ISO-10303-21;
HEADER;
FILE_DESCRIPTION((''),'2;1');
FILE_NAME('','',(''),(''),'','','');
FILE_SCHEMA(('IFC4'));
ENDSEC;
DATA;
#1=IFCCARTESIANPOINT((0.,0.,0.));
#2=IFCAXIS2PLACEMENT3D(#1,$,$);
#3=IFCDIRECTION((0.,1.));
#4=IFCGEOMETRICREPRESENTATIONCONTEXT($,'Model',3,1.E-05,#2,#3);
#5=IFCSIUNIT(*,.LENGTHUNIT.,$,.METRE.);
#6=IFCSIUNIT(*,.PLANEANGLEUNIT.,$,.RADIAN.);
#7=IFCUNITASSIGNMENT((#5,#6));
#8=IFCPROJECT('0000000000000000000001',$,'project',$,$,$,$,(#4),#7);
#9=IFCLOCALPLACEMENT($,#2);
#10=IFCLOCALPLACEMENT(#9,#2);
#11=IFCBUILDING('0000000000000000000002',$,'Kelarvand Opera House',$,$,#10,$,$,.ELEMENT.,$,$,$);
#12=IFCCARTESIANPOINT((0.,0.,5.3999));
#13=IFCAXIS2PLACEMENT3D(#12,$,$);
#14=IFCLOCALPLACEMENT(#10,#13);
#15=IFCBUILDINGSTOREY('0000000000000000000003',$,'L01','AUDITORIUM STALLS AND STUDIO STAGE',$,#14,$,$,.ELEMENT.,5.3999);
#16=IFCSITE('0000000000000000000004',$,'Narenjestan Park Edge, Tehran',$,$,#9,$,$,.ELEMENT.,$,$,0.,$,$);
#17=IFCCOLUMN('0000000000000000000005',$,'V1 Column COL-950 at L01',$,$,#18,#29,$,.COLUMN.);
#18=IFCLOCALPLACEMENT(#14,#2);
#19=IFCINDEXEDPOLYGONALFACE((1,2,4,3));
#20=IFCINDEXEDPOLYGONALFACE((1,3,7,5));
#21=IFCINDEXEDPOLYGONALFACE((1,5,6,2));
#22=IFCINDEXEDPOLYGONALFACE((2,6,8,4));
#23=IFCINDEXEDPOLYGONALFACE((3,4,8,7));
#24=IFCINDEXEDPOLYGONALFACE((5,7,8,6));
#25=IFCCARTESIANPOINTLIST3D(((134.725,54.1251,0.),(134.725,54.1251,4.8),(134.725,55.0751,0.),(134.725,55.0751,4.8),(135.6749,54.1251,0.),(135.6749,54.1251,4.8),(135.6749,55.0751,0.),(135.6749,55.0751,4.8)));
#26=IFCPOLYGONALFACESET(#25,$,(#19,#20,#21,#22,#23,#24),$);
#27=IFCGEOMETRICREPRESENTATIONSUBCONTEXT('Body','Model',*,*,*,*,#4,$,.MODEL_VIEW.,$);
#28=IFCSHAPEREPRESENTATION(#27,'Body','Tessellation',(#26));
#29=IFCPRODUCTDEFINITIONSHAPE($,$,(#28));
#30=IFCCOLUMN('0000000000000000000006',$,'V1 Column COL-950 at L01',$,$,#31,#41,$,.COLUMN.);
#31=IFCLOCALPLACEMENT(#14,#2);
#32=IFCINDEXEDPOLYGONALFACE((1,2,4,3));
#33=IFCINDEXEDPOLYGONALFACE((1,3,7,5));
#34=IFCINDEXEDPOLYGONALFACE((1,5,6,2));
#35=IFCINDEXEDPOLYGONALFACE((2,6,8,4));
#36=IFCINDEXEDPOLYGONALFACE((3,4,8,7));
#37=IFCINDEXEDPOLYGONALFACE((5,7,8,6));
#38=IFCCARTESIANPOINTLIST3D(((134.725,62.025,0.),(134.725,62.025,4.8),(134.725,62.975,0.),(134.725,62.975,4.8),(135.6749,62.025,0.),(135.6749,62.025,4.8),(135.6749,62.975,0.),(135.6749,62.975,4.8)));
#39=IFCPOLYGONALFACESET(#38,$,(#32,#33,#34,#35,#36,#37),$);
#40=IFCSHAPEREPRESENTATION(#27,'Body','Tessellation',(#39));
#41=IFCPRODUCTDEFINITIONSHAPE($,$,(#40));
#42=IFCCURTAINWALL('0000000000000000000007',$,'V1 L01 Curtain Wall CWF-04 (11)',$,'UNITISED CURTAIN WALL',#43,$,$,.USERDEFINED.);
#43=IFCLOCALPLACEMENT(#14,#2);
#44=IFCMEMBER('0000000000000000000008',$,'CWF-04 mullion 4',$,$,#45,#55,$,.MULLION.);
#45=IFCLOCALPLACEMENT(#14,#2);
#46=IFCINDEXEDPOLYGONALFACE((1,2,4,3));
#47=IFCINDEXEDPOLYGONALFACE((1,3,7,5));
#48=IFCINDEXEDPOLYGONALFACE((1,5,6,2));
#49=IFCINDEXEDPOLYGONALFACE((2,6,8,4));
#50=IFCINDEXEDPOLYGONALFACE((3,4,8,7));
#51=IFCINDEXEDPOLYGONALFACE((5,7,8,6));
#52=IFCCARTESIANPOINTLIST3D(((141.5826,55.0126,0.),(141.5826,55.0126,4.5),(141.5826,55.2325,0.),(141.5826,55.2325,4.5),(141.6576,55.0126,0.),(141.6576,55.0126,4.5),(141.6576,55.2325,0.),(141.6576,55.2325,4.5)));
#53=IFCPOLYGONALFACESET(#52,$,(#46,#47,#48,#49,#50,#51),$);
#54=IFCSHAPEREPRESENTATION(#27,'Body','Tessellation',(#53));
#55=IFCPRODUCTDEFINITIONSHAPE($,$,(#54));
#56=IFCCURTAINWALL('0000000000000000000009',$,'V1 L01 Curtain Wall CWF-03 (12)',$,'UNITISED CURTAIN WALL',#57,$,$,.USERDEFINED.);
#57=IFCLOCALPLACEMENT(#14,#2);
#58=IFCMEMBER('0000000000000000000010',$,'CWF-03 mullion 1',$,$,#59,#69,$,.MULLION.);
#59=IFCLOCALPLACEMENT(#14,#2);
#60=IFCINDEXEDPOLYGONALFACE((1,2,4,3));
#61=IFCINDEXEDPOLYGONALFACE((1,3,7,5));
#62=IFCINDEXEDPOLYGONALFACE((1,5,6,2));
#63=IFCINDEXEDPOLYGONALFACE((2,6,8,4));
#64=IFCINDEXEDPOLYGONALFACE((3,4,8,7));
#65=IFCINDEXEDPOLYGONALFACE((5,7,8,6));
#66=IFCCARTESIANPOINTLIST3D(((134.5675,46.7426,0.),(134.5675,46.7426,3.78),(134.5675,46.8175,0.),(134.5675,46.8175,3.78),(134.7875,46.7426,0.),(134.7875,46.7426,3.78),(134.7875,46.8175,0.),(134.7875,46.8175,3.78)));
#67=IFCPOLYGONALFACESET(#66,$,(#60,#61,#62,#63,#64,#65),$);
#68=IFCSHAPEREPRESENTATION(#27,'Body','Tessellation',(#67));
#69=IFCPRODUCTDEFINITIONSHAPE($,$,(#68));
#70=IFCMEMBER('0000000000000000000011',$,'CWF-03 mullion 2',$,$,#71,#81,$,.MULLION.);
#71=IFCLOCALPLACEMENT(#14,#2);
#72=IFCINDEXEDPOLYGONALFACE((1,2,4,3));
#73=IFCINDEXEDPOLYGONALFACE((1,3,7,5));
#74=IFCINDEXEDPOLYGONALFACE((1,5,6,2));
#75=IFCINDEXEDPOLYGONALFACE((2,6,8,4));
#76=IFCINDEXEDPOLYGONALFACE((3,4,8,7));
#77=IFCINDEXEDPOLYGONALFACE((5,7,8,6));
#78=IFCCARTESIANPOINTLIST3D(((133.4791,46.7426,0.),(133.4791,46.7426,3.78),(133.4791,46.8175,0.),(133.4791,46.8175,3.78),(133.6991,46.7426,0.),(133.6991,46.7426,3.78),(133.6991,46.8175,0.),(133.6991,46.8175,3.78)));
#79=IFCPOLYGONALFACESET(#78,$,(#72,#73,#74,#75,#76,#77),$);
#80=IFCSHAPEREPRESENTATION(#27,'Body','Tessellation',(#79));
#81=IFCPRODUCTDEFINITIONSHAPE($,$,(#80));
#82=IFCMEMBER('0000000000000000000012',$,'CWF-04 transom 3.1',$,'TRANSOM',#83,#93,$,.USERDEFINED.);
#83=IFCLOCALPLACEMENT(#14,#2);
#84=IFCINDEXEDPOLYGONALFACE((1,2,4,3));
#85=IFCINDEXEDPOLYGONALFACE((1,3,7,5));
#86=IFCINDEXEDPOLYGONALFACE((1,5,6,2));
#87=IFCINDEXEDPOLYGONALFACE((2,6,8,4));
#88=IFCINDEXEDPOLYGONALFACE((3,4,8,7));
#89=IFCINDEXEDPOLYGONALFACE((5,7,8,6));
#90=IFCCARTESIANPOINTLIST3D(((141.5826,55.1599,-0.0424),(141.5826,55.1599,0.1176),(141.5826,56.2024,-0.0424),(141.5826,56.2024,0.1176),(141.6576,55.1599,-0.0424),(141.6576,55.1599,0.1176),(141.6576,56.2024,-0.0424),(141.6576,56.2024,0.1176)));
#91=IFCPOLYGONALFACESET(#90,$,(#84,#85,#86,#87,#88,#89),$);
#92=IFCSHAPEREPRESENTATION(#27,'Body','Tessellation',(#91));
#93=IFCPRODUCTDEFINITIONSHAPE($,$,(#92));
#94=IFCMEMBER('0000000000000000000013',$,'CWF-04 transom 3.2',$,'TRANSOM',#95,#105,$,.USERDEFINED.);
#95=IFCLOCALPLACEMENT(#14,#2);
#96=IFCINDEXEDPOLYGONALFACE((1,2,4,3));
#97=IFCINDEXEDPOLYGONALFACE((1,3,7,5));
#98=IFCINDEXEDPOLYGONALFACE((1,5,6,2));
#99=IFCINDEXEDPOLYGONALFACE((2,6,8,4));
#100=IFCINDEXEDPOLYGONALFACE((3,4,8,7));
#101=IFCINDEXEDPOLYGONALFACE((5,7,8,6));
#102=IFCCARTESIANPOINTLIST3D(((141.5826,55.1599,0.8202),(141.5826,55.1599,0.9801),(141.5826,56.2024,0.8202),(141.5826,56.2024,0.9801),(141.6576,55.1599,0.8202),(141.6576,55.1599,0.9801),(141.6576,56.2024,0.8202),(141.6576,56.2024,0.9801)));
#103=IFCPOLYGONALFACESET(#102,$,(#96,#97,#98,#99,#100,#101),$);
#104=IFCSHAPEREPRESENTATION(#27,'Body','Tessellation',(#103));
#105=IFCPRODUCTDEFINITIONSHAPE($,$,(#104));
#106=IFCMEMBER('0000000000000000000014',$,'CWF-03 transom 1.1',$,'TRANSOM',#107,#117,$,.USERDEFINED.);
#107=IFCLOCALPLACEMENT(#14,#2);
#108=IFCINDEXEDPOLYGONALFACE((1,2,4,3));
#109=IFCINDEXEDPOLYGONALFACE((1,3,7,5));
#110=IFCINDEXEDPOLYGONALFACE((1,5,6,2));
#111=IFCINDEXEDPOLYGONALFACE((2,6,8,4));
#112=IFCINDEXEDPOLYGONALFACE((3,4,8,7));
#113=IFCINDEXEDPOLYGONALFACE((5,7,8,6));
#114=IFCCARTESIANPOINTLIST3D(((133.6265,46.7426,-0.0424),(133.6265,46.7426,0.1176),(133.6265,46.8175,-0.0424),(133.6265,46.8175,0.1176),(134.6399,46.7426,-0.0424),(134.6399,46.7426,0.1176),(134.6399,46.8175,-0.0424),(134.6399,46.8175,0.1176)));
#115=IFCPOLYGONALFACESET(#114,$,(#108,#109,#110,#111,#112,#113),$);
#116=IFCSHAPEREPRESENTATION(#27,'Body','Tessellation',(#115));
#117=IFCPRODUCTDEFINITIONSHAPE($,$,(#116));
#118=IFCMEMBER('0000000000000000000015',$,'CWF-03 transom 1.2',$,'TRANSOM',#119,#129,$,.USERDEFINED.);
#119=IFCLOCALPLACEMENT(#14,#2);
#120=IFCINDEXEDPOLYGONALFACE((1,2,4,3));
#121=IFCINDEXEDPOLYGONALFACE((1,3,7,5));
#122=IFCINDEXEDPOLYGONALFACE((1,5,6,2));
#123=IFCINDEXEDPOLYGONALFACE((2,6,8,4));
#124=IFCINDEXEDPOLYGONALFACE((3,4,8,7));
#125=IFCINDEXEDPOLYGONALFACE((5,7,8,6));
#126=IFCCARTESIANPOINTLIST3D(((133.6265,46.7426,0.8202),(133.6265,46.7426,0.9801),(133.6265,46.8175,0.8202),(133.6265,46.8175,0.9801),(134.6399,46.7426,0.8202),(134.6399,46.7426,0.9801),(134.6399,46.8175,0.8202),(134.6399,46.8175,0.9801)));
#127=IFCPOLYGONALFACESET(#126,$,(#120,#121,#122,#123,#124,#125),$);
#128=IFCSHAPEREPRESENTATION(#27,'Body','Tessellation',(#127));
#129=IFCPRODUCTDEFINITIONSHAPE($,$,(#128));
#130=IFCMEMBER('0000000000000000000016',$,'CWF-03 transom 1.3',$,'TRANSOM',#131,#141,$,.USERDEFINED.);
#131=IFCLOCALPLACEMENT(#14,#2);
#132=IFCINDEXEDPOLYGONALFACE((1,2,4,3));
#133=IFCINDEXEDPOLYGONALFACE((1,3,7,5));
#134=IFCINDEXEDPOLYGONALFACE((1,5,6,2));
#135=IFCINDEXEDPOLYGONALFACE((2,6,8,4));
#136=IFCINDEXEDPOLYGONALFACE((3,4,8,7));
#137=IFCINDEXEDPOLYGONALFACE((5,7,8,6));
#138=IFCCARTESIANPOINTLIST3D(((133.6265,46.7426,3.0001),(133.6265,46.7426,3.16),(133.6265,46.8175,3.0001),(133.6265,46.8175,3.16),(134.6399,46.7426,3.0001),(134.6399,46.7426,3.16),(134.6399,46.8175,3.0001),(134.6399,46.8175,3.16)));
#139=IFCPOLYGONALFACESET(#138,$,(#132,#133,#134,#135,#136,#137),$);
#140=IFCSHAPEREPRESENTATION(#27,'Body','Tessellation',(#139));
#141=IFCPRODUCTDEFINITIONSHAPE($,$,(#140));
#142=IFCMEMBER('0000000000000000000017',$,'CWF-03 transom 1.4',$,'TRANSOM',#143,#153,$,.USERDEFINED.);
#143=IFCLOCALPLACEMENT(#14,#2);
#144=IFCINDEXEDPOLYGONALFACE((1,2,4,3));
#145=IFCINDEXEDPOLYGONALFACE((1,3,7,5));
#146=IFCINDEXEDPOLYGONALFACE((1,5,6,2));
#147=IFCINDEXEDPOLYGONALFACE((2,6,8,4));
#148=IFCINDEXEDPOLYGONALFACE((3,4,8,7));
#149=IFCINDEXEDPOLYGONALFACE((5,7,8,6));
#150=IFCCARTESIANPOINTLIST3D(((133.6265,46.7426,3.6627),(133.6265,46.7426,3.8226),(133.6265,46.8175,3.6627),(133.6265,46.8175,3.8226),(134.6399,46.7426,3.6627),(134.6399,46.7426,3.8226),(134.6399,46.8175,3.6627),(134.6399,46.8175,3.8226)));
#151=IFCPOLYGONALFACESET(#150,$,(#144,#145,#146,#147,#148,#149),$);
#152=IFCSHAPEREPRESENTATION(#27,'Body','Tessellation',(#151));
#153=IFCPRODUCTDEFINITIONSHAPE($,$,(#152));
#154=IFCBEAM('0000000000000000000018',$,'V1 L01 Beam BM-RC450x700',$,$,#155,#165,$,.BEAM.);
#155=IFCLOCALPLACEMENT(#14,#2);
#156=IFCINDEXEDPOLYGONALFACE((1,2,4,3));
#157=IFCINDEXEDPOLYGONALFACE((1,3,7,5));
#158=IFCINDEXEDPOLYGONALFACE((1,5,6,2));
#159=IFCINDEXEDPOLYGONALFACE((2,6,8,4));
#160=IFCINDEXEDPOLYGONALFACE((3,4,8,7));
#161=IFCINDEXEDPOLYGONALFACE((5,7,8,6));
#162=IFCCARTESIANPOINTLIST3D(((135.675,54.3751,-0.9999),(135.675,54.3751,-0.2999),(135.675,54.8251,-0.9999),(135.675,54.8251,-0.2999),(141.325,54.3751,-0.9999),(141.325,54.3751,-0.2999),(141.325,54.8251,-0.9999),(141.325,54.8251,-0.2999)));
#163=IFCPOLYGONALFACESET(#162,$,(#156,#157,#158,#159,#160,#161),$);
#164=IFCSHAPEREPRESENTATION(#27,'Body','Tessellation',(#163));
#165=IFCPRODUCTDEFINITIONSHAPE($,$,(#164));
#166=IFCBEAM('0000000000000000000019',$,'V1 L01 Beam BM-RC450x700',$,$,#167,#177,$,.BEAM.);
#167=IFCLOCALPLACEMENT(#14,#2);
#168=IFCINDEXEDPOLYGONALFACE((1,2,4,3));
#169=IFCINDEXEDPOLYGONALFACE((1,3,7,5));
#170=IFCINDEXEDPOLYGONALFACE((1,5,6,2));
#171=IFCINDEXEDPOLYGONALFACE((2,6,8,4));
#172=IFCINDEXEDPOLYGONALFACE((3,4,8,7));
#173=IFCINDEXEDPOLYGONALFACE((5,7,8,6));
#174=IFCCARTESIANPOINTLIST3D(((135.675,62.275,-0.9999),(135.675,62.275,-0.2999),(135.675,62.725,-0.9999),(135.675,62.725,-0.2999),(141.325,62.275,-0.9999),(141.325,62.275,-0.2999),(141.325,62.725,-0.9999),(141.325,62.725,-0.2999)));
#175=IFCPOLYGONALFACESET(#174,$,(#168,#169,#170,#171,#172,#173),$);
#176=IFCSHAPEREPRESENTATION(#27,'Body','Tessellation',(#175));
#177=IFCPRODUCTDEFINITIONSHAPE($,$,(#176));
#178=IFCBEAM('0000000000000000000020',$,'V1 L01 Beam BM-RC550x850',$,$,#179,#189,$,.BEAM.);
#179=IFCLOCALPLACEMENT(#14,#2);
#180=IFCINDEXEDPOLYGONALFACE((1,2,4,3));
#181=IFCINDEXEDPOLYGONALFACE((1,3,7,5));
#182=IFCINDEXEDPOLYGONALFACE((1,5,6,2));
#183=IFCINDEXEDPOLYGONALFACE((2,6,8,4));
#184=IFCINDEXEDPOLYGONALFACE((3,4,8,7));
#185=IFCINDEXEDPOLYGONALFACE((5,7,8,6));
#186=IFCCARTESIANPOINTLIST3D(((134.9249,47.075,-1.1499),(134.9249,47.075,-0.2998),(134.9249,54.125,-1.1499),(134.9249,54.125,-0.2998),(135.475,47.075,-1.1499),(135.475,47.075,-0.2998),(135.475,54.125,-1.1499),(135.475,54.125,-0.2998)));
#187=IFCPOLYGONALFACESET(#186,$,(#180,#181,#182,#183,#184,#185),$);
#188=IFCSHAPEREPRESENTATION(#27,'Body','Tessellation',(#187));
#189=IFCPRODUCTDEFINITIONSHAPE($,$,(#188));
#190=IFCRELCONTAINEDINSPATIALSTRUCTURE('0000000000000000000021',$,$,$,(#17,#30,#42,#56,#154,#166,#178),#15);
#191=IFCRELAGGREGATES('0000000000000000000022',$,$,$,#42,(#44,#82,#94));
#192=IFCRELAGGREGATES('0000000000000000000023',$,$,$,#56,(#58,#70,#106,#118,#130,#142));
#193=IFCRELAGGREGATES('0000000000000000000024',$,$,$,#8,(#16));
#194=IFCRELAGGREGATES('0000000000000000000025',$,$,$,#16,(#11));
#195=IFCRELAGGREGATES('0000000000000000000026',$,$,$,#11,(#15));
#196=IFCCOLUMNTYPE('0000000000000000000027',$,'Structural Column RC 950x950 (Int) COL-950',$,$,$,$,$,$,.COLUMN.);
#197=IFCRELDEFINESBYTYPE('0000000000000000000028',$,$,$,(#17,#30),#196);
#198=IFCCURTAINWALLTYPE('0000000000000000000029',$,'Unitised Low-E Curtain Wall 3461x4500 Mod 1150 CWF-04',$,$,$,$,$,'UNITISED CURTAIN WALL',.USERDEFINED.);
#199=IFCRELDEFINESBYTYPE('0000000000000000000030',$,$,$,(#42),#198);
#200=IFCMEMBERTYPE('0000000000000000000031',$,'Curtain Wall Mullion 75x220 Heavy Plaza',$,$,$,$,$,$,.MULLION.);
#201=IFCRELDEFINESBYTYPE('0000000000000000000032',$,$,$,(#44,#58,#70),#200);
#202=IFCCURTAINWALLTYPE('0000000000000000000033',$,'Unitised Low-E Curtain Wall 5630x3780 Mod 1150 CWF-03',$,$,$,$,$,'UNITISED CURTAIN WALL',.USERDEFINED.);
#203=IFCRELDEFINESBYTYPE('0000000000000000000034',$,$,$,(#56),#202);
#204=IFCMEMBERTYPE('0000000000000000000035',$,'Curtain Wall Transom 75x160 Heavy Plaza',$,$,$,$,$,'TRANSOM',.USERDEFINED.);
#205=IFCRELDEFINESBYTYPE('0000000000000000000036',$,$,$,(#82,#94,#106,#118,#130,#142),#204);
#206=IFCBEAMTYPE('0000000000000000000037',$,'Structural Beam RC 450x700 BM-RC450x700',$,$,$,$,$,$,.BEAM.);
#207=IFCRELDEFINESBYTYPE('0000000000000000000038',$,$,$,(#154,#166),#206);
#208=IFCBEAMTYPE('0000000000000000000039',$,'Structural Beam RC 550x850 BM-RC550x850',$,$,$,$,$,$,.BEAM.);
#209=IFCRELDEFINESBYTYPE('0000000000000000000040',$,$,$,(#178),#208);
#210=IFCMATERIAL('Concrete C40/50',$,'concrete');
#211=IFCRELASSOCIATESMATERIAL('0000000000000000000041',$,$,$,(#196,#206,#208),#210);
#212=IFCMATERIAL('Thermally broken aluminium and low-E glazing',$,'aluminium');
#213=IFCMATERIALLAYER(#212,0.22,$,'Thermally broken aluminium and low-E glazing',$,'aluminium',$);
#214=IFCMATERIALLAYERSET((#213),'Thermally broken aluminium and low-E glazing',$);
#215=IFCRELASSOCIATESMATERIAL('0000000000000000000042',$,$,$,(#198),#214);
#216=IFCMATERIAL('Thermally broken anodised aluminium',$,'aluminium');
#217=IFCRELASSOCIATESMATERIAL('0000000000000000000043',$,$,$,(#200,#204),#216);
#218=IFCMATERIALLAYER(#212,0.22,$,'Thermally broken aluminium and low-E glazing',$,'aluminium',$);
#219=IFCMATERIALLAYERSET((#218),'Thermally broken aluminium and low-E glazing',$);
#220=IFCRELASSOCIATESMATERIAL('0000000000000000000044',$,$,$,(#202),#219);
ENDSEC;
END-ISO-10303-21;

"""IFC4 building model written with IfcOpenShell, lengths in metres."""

from ifc_helpers import new_model, si_unit, direction, frame, origin, origin_2d, place, context, subcontext, project, spatial, rectangle, extrude, material, layer, layer_set, material_profile, profile_set, type_object, element, aggregate, save


model = new_model("IFC4")

# Units and contexts
model_context = context("Model", 3, precision=1e-05, world=origin(), true_north=direction((0.0, 1.0)))
body_context = subcontext(model_context, "Body", "Model", "MODEL_VIEW")
ifc_project = project(units=[si_unit("LENGTHUNIT", "METRE"), si_unit("PLANEANGLEUNIT", "RADIAN")], contexts=[model_context])

# Site, building, storey
site_placement = place(None, origin())
site = spatial("IfcSite", under=ifc_project, at=site_placement, Name="Narenjestan Park Edge, Tehran", CompositionType="ELEMENT", RefElevation=0.0)
building_placement = place(site_placement, origin())
building = spatial("IfcBuilding", under=site, at=building_placement, Name="Kelarvand Opera House", CompositionType="ELEMENT")
storey_placement = place(building_placement, frame((0.0, 0.0, 5.3999)))
storey = spatial("IfcBuildingStorey", under=building, at=storey_placement, Name="L01", Description="AUDITORIUM STALLS AND STUDIO STAGE", CompositionType="ELEMENT", Elevation=5.3999)

# Columns
ifc_material_1 = material(Name="Concrete C40/50", Category="concrete")
ifc_material_profile_1 = material_profile(ifc_material_1, rectangle(XDim=0.95, YDim=0.95, at=origin_2d()), Name="RC 950x950", Category="concrete")
ifc_profile_set_1 = profile_set([ifc_material_profile_1], Name="Concrete C40/50")
column_type = type_object("IfcColumnType", Name="Structural Column RC 950x950 (Int) COL-950", PredefinedType="COLUMN", material=ifc_profile_set_1)
for number, where, z_axis, x_axis, name in (
    (1, (135.2, 54.6001, 0.0), (0.0, 0.0, 1.0), (1.0, 0.0, 0.0), "V1 Column COL-950 at L01"),
    (2, (135.2, 62.5, 0.0), (0.0, 0.0, 1.0), (1.0, 0.0, 0.0), "V1 Column COL-950 at L01"),
):
    element("IfcColumn", number, at=place(storey_placement, frame(where, z_axis=z_axis, x_axis=x_axis)), inside=storey, type_object=column_type, Name=name, PredefinedType="COLUMN", context=body_context, shape_type="SweptSolid", body=[
        extrude(rectangle(XDim=0.95, YDim=0.95, at=origin_2d()), origin(), (0.0, 0.0, 1.0), 4.8),
    ])

# Curtain wall, member
ifc_material_2 = material(Name="Thermally broken aluminium and low-E glazing", Category="aluminium")
ifc_layer_1 = layer(ifc_material_2, 0.22, Name="Thermally broken aluminium and low-E glazing", Category="aluminium")
ifc_layer_set_1 = layer_set([ifc_layer_1], Name="Thermally broken aluminium and low-E glazing")
curtain_wall_type_1 = type_object("IfcCurtainWallType", Name="Unitised Low-E Curtain Wall 3461x4500 Mod 1150 CWF-04", ElementType="UNITISED CURTAIN WALL", PredefinedType="USERDEFINED", material=ifc_layer_set_1)
curtain_wall_1_placement = place(storey_placement, origin())
curtain_wall_1 = element("IfcCurtainWall", 3, at=curtain_wall_1_placement, inside=storey, type_object=curtain_wall_type_1, Name="V1 L01 Curtain Wall CWF-04 (11)", ObjectType="UNITISED CURTAIN WALL", PredefinedType="USERDEFINED")
ifc_material_3 = material(Name="Thermally broken anodised aluminium", Category="aluminium")
ifc_material_profile_2 = material_profile(ifc_material_3, rectangle(XDim=0.075, YDim=0.22, at=origin_2d()), Name="ALU MULLION 75x220", Category="aluminium")
ifc_profile_set_2 = profile_set([ifc_material_profile_2], Name="Thermally broken anodised aluminium")
member_type_1 = type_object("IfcMemberType", Name="Curtain Wall Mullion 75x220 Heavy Plaza", PredefinedType="MULLION", material=ifc_profile_set_2)
member_1_placement = place(storey_placement, frame((141.6201, 55.1226, 0.0), z_axis=(0.0, 0.0, 1.0), x_axis=(1.0, 0.0, 0.0)))
member_1 = element("IfcMember", 4, at=member_1_placement, type_object=member_type_1, Name="CWF-04 mullion 4", PredefinedType="MULLION", context=body_context, shape_type="SweptSolid", body=[
    extrude(rectangle(XDim=0.075, YDim=0.22, at=origin_2d()), origin(), (0.0, 0.0, 1.0), 4.5),
])

# Curtain wall, members
ifc_layer_2 = layer(ifc_material_2, 0.22, Name="Thermally broken aluminium and low-E glazing", Category="aluminium")
ifc_layer_set_2 = layer_set([ifc_layer_2], Name="Thermally broken aluminium and low-E glazing")
curtain_wall_type_2 = type_object("IfcCurtainWallType", Name="Unitised Low-E Curtain Wall 5630x3780 Mod 1150 CWF-03", ElementType="UNITISED CURTAIN WALL", PredefinedType="USERDEFINED", material=ifc_layer_set_2)
curtain_wall_2_placement = place(storey_placement, origin())
curtain_wall_2 = element("IfcCurtainWall", 5, at=curtain_wall_2_placement, inside=storey, type_object=curtain_wall_type_2, Name="V1 L01 Curtain Wall CWF-03 (12)", ObjectType="UNITISED CURTAIN WALL", PredefinedType="USERDEFINED")
member_2_placement = place(storey_placement, frame((134.6775, 46.78, 0.0), z_axis=(0.0, 0.0, 1.0), x_axis=(0.0, -1.0, 0.0)))
member_2 = element("IfcMember", 6, at=member_2_placement, type_object=member_type_1, Name="CWF-03 mullion 1", PredefinedType="MULLION", context=body_context, shape_type="SweptSolid", body=[
    extrude(rectangle(XDim=0.075, YDim=0.22, at=origin_2d()), origin(), (0.0, 0.0, 1.0), 3.78),
])
member_3_placement = place(storey_placement, frame((133.5891, 46.78, 0.0), z_axis=(0.0, 0.0, 1.0), x_axis=(0.0, -1.0, 0.0)))
member_3 = element("IfcMember", 7, at=member_3_placement, type_object=member_type_1, Name="CWF-03 mullion 2", PredefinedType="MULLION", context=body_context, shape_type="SweptSolid", body=[
    extrude(rectangle(XDim=0.075, YDim=0.22, at=origin_2d()), origin(), (0.0, 0.0, 1.0), 3.78),
])

# Members
ifc_material_profile_3 = material_profile(ifc_material_3, rectangle(XDim=0.075, YDim=0.1599, at=origin_2d()), Name="ALU TRANSOM 75x160", Category="aluminium")
ifc_profile_set_3 = profile_set([ifc_material_profile_3], Name="Thermally broken anodised aluminium")
member_type_2 = type_object("IfcMemberType", Name="Curtain Wall Transom 75x160 Heavy Plaza", ElementType="TRANSOM", PredefinedType="USERDEFINED", material=ifc_profile_set_3)
member_4_placement = place(storey_placement, frame((141.6201, 56.2024, 0.0376), z_axis=(0.0, -1.0, 0.0), x_axis=(1.0, 0.0, 0.0)))
member_4 = element("IfcMember", 8, at=member_4_placement, type_object=member_type_2, Name="CWF-04 transom 3.1", ObjectType="TRANSOM", PredefinedType="USERDEFINED", context=body_context, shape_type="SweptSolid", body=[
    extrude(rectangle(XDim=0.075, YDim=0.1599, at=origin_2d()), origin(), (0.0, 0.0, 1.0), 1.0425),
])
member_5_placement = place(storey_placement, frame((141.6201, 56.2024, 0.9001), z_axis=(0.0, -1.0, 0.0), x_axis=(1.0, 0.0, 0.0)))
member_5 = element("IfcMember", 9, at=member_5_placement, type_object=member_type_2, Name="CWF-04 transom 3.2", ObjectType="TRANSOM", PredefinedType="USERDEFINED", context=body_context, shape_type="SweptSolid", body=[
    extrude(rectangle(XDim=0.075, YDim=0.1599, at=origin_2d()), origin(), (0.0, 0.0, 1.0), 1.0425),
])
member_6_placement = place(storey_placement, frame((134.6399, 46.78, 0.0376), z_axis=(-1.0, 0.0, 0.0), x_axis=(0.0, -1.0, 0.0)))
member_6 = element("IfcMember", 10, at=member_6_placement, type_object=member_type_2, Name="CWF-03 transom 1.1", ObjectType="TRANSOM", PredefinedType="USERDEFINED", context=body_context, shape_type="SweptSolid", body=[
    extrude(rectangle(XDim=0.075, YDim=0.1599, at=origin_2d()), origin(), (0.0, 0.0, 1.0), 1.0134),
])
member_7_placement = place(storey_placement, frame((134.6399, 46.78, 0.9001), z_axis=(-1.0, 0.0, 0.0), x_axis=(0.0, -1.0, 0.0)))
member_7 = element("IfcMember", 11, at=member_7_placement, type_object=member_type_2, Name="CWF-03 transom 1.2", ObjectType="TRANSOM", PredefinedType="USERDEFINED", context=body_context, shape_type="SweptSolid", body=[
    extrude(rectangle(XDim=0.075, YDim=0.1599, at=origin_2d()), origin(), (0.0, 0.0, 1.0), 1.0134),
])
member_8_placement = place(storey_placement, frame((134.6399, 46.78, 3.0801), z_axis=(-1.0, 0.0, 0.0), x_axis=(0.0, -1.0, 0.0)))
member_8 = element("IfcMember", 12, at=member_8_placement, type_object=member_type_2, Name="CWF-03 transom 1.3", ObjectType="TRANSOM", PredefinedType="USERDEFINED", context=body_context, shape_type="SweptSolid", body=[
    extrude(rectangle(XDim=0.075, YDim=0.1599, at=origin_2d()), origin(), (0.0, 0.0, 1.0), 1.0134),
])
member_9_placement = place(storey_placement, frame((134.6399, 46.78, 3.7427), z_axis=(-1.0, 0.0, 0.0), x_axis=(0.0, -1.0, 0.0)))
member_9 = element("IfcMember", 13, at=member_9_placement, type_object=member_type_2, Name="CWF-03 transom 1.4", ObjectType="TRANSOM", PredefinedType="USERDEFINED", context=body_context, shape_type="SweptSolid", body=[
    extrude(rectangle(XDim=0.075, YDim=0.1599, at=origin_2d()), origin(), (0.0, 0.0, 1.0), 1.0134),
])

# Beams
ifc_material_profile_4 = material_profile(ifc_material_1, rectangle(XDim=0.45, YDim=0.7, at=origin_2d()), Name="RC 450x700", Category="concrete")
ifc_profile_set_4 = profile_set([ifc_material_profile_4], Name="Concrete C40/50")
beam_type_1 = type_object("IfcBeamType", Name="Structural Beam RC 450x700 BM-RC450x700", PredefinedType="BEAM", material=ifc_profile_set_4)
for number, where, z_axis, x_axis, name in (
    (14, (135.675, 54.6001, -0.6499), (1.0, 0.0, 0.0), (0.0, 1.0, 0.0), "V1 L01 Beam BM-RC450x700"),
    (15, (135.675, 62.5, -0.6499), (1.0, 0.0, 0.0), (0.0, 1.0, 0.0), "V1 L01 Beam BM-RC450x700"),
):
    element("IfcBeam", number, at=place(storey_placement, frame(where, z_axis=z_axis, x_axis=x_axis)), inside=storey, type_object=beam_type_1, Name=name, PredefinedType="BEAM", context=body_context, shape_type="SweptSolid", body=[
        extrude(rectangle(XDim=0.45, YDim=0.7, at=origin_2d()), origin(), (0.0, 0.0, 1.0), 5.6499),
    ])
ifc_material_profile_5 = material_profile(ifc_material_1, rectangle(XDim=0.55, YDim=0.8501, at=origin_2d()), Name="RC 550x850", Category="concrete")
ifc_profile_set_5 = profile_set([ifc_material_profile_5], Name="Concrete C40/50")
beam_type_2 = type_object("IfcBeamType", Name="Structural Beam RC 550x850 BM-RC550x850", PredefinedType="BEAM", material=ifc_profile_set_5)
beam_1_placement = place(storey_placement, frame((135.2, 47.075, -0.7249), z_axis=(0.0, 1.0, 0.0), x_axis=(-1.0, 0.0, 0.0)))
element("IfcBeam", 16, at=beam_1_placement, inside=storey, type_object=beam_type_2, Name="V1 L01 Beam BM-RC550x850", PredefinedType="BEAM", context=body_context, shape_type="SweptSolid", body=[
    extrude(rectangle(XDim=0.55, YDim=0.8501, at=origin_2d()), origin(), (0.0, 0.0, 1.0), 7.05),
])

aggregate(curtain_wall_1, [member_1, member_4, member_5])
aggregate(curtain_wall_2, [member_2, member_3, member_6, member_7, member_8, member_9])

save(model, "model.ifc")
